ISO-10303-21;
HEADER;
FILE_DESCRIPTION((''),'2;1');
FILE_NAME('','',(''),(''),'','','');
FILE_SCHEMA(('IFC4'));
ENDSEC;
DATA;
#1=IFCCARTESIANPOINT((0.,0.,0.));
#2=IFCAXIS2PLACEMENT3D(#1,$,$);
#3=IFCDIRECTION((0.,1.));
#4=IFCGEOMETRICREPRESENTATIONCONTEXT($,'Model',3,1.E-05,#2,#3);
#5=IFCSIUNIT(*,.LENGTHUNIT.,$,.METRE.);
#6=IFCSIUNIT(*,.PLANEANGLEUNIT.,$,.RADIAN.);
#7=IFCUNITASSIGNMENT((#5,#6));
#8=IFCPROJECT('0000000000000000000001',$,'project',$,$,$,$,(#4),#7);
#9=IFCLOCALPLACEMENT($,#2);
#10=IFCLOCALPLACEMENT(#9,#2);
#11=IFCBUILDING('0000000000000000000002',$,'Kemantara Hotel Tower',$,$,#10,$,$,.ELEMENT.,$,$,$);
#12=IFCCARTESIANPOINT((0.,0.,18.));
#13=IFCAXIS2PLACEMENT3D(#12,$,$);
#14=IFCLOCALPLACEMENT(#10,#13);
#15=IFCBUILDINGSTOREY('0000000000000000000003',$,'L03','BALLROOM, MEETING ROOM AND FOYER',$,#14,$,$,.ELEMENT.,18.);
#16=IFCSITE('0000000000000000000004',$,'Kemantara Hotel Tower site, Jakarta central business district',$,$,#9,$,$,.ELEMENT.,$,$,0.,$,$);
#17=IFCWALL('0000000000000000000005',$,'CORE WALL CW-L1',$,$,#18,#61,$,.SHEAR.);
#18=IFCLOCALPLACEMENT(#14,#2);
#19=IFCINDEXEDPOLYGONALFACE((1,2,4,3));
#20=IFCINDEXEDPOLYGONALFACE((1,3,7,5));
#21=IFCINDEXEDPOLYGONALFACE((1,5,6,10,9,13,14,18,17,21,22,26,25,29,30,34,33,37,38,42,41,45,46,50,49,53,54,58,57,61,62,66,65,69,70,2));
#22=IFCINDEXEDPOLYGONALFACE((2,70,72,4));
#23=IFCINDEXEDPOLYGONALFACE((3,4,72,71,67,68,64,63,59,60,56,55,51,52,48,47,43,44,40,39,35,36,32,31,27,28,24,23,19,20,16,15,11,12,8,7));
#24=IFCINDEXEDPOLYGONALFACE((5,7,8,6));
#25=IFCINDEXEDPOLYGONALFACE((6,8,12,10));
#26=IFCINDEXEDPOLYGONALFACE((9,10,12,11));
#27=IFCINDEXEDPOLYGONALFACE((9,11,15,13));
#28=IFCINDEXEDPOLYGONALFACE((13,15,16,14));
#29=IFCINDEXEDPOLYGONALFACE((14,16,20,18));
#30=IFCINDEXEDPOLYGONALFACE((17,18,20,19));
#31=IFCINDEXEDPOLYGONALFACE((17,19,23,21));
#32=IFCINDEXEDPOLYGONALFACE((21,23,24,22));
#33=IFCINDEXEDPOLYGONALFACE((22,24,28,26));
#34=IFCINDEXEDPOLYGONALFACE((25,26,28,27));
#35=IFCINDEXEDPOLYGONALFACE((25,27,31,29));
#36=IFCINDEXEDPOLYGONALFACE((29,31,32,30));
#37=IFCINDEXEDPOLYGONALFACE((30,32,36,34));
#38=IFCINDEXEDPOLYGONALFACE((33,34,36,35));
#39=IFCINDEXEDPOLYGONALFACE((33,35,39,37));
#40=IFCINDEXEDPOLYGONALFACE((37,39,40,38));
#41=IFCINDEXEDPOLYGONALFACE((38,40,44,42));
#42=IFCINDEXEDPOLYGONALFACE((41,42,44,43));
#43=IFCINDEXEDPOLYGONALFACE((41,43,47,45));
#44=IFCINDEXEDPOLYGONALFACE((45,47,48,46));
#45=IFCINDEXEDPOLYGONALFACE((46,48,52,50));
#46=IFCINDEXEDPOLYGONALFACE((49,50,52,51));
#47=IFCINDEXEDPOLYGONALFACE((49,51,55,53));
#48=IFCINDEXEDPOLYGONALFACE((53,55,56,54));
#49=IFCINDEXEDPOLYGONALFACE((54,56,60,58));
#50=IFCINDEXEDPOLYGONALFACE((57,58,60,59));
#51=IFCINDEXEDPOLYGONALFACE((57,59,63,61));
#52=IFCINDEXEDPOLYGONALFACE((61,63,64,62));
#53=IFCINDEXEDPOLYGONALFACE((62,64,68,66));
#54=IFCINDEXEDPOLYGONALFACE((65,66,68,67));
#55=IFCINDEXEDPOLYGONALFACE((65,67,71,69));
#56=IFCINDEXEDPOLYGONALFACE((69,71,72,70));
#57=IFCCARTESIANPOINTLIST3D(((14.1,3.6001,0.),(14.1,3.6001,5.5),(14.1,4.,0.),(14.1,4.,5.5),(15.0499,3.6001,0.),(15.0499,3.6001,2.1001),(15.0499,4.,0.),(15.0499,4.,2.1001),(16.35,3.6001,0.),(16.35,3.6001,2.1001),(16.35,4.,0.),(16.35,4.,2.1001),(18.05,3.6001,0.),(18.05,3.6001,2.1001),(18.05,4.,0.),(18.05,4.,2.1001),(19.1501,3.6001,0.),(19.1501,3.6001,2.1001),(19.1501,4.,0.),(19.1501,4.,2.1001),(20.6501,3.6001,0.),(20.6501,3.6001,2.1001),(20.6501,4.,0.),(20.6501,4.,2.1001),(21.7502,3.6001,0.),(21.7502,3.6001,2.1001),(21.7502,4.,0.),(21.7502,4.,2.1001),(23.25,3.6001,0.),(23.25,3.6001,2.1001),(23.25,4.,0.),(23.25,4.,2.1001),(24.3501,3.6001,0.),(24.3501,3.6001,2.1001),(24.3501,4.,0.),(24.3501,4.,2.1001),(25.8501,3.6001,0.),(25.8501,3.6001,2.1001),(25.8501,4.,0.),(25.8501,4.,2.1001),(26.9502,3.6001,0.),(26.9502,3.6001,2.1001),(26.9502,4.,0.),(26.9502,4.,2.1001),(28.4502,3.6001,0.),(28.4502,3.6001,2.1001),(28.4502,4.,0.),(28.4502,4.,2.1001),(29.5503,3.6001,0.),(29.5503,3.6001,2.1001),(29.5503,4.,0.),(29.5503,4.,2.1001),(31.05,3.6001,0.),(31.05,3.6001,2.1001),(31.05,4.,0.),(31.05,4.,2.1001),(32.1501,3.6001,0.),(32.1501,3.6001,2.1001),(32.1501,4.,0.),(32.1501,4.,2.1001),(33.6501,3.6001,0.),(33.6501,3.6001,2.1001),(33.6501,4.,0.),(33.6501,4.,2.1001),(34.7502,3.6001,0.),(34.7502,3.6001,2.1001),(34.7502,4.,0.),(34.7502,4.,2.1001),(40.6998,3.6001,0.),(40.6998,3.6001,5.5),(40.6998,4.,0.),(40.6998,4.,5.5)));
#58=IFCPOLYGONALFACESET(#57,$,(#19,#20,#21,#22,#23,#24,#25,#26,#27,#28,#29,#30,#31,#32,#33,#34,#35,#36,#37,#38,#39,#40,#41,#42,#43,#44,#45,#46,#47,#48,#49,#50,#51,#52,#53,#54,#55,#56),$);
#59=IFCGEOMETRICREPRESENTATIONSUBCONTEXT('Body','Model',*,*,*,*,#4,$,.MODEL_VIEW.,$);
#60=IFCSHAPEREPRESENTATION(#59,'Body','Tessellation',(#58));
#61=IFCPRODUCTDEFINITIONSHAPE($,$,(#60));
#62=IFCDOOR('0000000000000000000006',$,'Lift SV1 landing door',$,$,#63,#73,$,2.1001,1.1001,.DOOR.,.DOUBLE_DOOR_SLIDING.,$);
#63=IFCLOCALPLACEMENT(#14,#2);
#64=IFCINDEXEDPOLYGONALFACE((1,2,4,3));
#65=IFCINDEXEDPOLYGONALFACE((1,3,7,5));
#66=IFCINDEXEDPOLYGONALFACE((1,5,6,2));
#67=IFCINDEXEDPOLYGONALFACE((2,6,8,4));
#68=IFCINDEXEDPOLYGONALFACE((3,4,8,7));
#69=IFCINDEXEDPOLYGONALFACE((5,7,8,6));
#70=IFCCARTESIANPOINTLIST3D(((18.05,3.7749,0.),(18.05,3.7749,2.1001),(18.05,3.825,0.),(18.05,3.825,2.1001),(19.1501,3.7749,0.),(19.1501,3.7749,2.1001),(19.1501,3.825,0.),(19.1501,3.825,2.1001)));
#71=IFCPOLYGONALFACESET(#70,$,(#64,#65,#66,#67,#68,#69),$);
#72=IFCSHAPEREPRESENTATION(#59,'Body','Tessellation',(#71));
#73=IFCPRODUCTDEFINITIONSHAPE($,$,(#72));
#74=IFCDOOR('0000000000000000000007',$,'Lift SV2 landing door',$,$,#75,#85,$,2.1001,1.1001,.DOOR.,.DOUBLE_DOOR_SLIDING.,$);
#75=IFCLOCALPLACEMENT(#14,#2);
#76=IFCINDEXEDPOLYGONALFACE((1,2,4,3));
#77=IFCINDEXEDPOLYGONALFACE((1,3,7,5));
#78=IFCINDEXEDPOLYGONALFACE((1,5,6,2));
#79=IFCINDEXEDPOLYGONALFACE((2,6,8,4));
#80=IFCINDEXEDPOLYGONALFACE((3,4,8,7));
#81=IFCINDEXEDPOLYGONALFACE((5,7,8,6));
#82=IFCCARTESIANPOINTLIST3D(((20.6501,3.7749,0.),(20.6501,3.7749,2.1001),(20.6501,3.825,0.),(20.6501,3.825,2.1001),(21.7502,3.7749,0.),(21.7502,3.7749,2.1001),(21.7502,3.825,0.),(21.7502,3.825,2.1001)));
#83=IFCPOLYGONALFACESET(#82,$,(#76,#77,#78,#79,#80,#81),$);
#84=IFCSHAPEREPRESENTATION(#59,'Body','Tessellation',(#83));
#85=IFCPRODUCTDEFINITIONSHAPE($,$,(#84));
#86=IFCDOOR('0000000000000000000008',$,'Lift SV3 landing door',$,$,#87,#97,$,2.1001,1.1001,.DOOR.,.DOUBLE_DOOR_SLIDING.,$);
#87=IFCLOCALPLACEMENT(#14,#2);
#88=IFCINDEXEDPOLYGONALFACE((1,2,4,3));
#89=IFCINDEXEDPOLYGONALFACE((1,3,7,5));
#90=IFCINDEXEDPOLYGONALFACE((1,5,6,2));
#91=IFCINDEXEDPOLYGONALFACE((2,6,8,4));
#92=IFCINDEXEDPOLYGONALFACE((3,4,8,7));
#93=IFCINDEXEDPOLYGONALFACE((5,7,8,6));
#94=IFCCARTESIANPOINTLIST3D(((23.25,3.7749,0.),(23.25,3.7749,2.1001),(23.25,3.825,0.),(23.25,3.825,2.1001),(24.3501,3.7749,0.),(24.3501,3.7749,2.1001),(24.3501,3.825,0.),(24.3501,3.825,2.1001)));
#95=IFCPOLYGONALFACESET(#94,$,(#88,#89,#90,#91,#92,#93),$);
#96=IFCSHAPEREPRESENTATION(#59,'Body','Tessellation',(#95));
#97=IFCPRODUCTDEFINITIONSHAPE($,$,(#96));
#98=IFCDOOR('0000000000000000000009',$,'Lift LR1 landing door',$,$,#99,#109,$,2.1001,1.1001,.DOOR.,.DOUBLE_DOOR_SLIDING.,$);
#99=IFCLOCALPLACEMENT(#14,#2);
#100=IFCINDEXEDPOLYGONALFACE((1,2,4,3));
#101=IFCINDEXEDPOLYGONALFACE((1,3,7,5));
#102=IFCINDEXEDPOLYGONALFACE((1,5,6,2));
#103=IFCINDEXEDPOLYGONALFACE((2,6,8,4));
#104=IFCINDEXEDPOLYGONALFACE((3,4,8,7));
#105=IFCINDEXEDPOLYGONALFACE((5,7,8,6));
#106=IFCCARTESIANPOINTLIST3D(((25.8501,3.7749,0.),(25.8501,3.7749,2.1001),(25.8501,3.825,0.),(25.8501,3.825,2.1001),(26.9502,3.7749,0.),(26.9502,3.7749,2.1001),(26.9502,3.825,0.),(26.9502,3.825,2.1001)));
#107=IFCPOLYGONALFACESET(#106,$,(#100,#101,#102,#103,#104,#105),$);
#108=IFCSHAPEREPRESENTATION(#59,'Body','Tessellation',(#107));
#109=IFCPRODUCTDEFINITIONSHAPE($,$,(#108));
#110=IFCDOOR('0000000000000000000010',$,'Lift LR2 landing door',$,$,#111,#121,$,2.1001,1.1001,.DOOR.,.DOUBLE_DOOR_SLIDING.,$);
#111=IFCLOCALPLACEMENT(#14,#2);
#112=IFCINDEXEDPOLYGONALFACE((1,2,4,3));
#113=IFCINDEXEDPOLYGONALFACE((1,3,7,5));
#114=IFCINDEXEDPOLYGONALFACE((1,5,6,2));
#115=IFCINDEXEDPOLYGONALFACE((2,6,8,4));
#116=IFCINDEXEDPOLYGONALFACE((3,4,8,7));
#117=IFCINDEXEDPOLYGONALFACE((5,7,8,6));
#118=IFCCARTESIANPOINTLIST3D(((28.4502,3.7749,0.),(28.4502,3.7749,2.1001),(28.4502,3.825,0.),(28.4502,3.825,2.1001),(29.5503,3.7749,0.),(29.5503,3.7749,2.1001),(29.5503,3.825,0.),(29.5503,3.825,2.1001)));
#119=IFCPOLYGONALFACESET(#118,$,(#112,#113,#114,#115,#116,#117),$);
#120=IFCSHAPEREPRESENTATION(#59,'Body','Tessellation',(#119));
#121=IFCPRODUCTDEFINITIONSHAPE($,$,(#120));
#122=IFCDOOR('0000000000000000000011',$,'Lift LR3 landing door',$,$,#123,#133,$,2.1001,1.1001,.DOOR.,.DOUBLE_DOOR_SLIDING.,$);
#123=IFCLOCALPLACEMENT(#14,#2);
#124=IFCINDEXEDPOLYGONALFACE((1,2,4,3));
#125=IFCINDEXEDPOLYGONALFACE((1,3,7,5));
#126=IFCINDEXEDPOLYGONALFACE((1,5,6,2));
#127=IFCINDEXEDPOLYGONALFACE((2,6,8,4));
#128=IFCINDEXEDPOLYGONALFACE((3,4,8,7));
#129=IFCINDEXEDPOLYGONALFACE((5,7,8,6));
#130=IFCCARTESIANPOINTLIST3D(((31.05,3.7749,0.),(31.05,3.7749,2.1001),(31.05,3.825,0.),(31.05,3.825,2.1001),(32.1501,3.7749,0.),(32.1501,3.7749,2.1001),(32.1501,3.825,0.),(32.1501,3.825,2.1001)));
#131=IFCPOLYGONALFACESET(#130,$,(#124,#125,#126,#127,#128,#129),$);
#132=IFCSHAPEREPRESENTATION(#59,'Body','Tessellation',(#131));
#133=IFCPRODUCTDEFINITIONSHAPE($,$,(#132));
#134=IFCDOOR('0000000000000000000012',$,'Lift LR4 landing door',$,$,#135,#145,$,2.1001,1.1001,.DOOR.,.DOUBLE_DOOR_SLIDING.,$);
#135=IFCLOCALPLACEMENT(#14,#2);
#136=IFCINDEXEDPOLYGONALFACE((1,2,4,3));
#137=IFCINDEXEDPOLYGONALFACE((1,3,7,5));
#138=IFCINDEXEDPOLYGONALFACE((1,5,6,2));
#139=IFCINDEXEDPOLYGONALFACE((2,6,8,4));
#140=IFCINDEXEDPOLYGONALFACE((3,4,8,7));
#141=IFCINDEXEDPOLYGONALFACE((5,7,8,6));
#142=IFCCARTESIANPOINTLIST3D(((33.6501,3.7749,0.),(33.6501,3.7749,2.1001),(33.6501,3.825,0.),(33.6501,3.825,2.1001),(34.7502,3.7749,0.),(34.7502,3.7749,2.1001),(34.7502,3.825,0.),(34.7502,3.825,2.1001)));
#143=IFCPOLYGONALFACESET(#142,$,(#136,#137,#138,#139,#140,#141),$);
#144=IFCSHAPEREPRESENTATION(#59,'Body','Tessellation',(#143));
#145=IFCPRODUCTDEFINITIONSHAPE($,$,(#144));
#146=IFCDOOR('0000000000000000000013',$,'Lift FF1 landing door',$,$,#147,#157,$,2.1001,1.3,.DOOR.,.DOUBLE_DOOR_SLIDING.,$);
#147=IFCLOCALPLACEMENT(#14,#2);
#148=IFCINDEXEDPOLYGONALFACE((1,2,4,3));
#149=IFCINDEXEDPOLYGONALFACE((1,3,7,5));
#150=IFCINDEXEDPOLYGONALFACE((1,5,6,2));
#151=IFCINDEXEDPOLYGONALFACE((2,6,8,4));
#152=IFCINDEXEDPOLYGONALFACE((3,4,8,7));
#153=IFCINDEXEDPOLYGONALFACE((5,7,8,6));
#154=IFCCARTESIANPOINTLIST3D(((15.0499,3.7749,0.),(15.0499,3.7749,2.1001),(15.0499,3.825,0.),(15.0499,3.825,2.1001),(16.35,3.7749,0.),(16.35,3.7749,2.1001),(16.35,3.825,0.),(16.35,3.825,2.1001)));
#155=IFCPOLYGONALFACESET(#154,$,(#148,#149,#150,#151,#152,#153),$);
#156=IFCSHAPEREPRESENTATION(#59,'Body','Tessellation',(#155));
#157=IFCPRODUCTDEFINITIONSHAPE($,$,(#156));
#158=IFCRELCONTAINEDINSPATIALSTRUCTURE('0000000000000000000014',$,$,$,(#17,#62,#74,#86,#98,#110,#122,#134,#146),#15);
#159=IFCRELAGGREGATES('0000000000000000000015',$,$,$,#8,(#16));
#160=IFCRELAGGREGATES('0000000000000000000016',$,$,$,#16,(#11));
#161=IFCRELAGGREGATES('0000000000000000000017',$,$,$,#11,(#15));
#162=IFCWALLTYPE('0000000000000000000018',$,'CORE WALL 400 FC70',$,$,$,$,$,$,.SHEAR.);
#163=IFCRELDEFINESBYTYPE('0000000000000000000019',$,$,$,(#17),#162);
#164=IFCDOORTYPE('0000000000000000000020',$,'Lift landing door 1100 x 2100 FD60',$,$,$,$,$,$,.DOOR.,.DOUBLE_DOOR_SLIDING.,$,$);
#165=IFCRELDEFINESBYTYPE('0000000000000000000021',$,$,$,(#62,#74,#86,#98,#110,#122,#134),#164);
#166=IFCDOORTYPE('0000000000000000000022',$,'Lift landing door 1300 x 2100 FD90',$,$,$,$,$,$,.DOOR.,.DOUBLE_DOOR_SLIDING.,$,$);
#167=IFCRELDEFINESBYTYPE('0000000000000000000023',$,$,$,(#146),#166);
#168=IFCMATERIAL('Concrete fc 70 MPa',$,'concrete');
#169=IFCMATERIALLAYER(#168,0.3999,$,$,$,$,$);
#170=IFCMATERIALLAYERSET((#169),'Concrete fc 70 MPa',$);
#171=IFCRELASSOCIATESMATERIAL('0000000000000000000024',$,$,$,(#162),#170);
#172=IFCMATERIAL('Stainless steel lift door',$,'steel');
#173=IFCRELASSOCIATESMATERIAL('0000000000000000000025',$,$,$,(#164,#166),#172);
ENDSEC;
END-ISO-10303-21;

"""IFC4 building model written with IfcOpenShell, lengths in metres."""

from ifc_helpers import new_model, si_unit, direction, frame, frame_2d, origin, place, context, subcontext, project, spatial, rectangle, extrude, material, layer, layer_set, type_object, element, fill, save


model = new_model("IFC4")

# Units and contexts
model_context = context("Model", 3, precision=1e-05, world=origin(), true_north=direction((0.0, 1.0)))
body_context = subcontext(model_context, "Body", "Model", "MODEL_VIEW")
ifc_project = project(units=[si_unit("LENGTHUNIT", "METRE"), si_unit("PLANEANGLEUNIT", "RADIAN")], contexts=[model_context])

# Site, building, storey
site_placement = place(None, origin())
site = spatial("IfcSite", under=ifc_project, at=site_placement, Name="Kemantara Hotel Tower site, Jakarta central business district", CompositionType="ELEMENT", RefElevation=0.0)
building_placement = place(site_placement, origin())
building = spatial("IfcBuilding", under=site, at=building_placement, Name="Kemantara Hotel Tower", CompositionType="ELEMENT")
storey_placement = place(building_placement, frame((0.0, 0.0, 18.0)))
storey = spatial("IfcBuildingStorey", under=building, at=storey_placement, Name="L03", Description="BALLROOM, MEETING ROOM AND FOYER", CompositionType="ELEMENT", Elevation=18.0)

# Shared definitions
ifc_material_1 = material(Name="Concrete fc 70 MPa", Category="concrete")

# Wall, openings, doors
ifc_layer = layer(ifc_material_1, 0.3999)
ifc_layer_set = layer_set([ifc_layer], Name="Concrete fc 70 MPa")
wall_type = type_object("IfcWallType", Name="CORE WALL 400 FC70", PredefinedType="SHEAR", material=ifc_layer_set)
wall_placement = place(storey_placement, frame((14.1001, 3.8, 0.0), z_axis=(0.0, 0.0, 1.0), x_axis=(1.0, 0.0, 0.0)))
wall = element("IfcWall", 1, at=wall_placement, inside=storey, type_object=wall_type, Name="CORE WALL CW-L1", PredefinedType="SHEAR", context=body_context, shape_type="SweptSolid", body=[
    extrude(rectangle(XDim=26.5999, YDim=0.3999, at=frame_2d((13.2998, 0.0))), origin(), (0.0, 0.0, 1.0), 5.5),
])
opening_1_placement = place(wall_placement, frame((0.95, 0.0, 0.0)))
opening_1 = element("IfcOpeningElement", 2, at=opening_1_placement, cuts=wall, PredefinedType="OPENING", context=body_context, shape_type="SweptSolid", body=[
    extrude(rectangle(XDim=1.3, YDim=2.1001, at=frame_2d((0.6499, 1.05))), frame((0.0, 0.21, 0.0), z_axis=(0.0, -1.0, 0.0), x_axis=(1.0, 0.0, 0.0)), (0.0, 0.0, 1.0), 0.4199),
])
opening_2_placement = place(wall_placement, frame((3.95, 0.0, 0.0)))
opening_2 = element("IfcOpeningElement", 3, at=opening_2_placement, cuts=wall, PredefinedType="OPENING", context=body_context, shape_type="SweptSolid", body=[
    extrude(rectangle(XDim=1.1001, YDim=2.1001, at=frame_2d((0.55, 1.05))), frame((0.0, 0.21, 0.0), z_axis=(0.0, -1.0, 0.0), x_axis=(1.0, 0.0, 0.0)), (0.0, 0.0, 1.0), 0.4199),
])
opening_3_placement = place(wall_placement, frame((6.55, 0.0, 0.0)))
opening_3 = element("IfcOpeningElement", 4, at=opening_3_placement, cuts=wall, PredefinedType="OPENING", context=body_context, shape_type="SweptSolid", body=[
    extrude(rectangle(XDim=1.1001, YDim=2.1001, at=frame_2d((0.55, 1.05))), frame((0.0, 0.21, 0.0), z_axis=(0.0, -1.0, 0.0), x_axis=(1.0, 0.0, 0.0)), (0.0, 0.0, 1.0), 0.4199),
])
opening_4_placement = place(wall_placement, frame((9.1499, 0.0, 0.0)))
opening_4 = element("IfcOpeningElement", 5, at=opening_4_placement, cuts=wall, PredefinedType="OPENING", context=body_context, shape_type="SweptSolid", body=[
    extrude(rectangle(XDim=1.1001, YDim=2.1001, at=frame_2d((0.55, 1.05))), frame((0.0, 0.21, 0.0), z_axis=(0.0, -1.0, 0.0), x_axis=(1.0, 0.0, 0.0)), (0.0, 0.0, 1.0), 0.4199),
])
opening_5_placement = place(wall_placement, frame((11.75, 0.0, 0.0)))
opening_5 = element("IfcOpeningElement", 6, at=opening_5_placement, cuts=wall, PredefinedType="OPENING", context=body_context, shape_type="SweptSolid", body=[
    extrude(rectangle(XDim=1.1001, YDim=2.1001, at=frame_2d((0.55, 1.05))), frame((0.0, 0.21, 0.0), z_axis=(0.0, -1.0, 0.0), x_axis=(1.0, 0.0, 0.0)), (0.0, 0.0, 1.0), 0.4199),
])
opening_6_placement = place(wall_placement, frame((14.3501, 0.0, 0.0)))
opening_6 = element("IfcOpeningElement", 7, at=opening_6_placement, cuts=wall, PredefinedType="OPENING", context=body_context, shape_type="SweptSolid", body=[
    extrude(rectangle(XDim=1.1001, YDim=2.1001, at=frame_2d((0.55, 1.05))), frame((0.0, 0.21, 0.0), z_axis=(0.0, -1.0, 0.0), x_axis=(1.0, 0.0, 0.0)), (0.0, 0.0, 1.0), 0.4199),
])
opening_7_placement = place(wall_placement, frame((16.95, 0.0, 0.0)))
opening_7 = element("IfcOpeningElement", 8, at=opening_7_placement, cuts=wall, PredefinedType="OPENING", context=body_context, shape_type="SweptSolid", body=[
    extrude(rectangle(XDim=1.1001, YDim=2.1001, at=frame_2d((0.55, 1.05))), frame((0.0, 0.21, 0.0), z_axis=(0.0, -1.0, 0.0), x_axis=(1.0, 0.0, 0.0)), (0.0, 0.0, 1.0), 0.4199),
])
opening_8_placement = place(wall_placement, frame((19.55, 0.0, 0.0)))
opening_8 = element("IfcOpeningElement", 9, at=opening_8_placement, cuts=wall, PredefinedType="OPENING", context=body_context, shape_type="SweptSolid", body=[
    extrude(rectangle(XDim=1.1001, YDim=2.1001, at=frame_2d((0.55, 1.05))), frame((0.0, 0.21, 0.0), z_axis=(0.0, -1.0, 0.0), x_axis=(1.0, 0.0, 0.0)), (0.0, 0.0, 1.0), 0.4199),
])
ifc_material_2 = material(Name="Stainless steel lift door", Category="steel")
door_type_1 = type_object("IfcDoorType", Name="Lift landing door 1100 x 2100 FD60", OperationType="DOUBLE_DOOR_SLIDING", PredefinedType="DOOR", material=ifc_material_2)
door_1_placement = place(opening_2_placement, origin())
door_1 = element("IfcDoor", 10, at=door_1_placement, inside=storey, type_object=door_type_1, Name="Lift SV1 landing door", OperationType="DOUBLE_DOOR_SLIDING", OverallHeight=2.1001, OverallWidth=1.1001, PredefinedType="DOOR", context=body_context, shape_type="SweptSolid", body=[
    extrude(rectangle(XDim=1.1001, YDim=2.1001, at=frame_2d((0.55, 1.05))), frame((0.0, 0.0249, 0.0), z_axis=(0.0, -1.0, 0.0), x_axis=(1.0, 0.0, 0.0)), (0.0, 0.0, 1.0), 0.05),
])
fill(opening_2, door_1)
door_2_placement = place(opening_3_placement, origin())
door_2 = element("IfcDoor", 11, at=door_2_placement, inside=storey, type_object=door_type_1, Name="Lift SV2 landing door", OperationType="DOUBLE_DOOR_SLIDING", OverallHeight=2.1001, OverallWidth=1.1001, PredefinedType="DOOR", context=body_context, shape_type="SweptSolid", body=[
    extrude(rectangle(XDim=1.1001, YDim=2.1001, at=frame_2d((0.55, 1.05))), frame((0.0, 0.0249, 0.0), z_axis=(0.0, -1.0, 0.0), x_axis=(1.0, 0.0, 0.0)), (0.0, 0.0, 1.0), 0.05),
])
fill(opening_3, door_2)
door_3_placement = place(opening_4_placement, origin())
door_3 = element("IfcDoor", 12, at=door_3_placement, inside=storey, type_object=door_type_1, Name="Lift SV3 landing door", OperationType="DOUBLE_DOOR_SLIDING", OverallHeight=2.1001, OverallWidth=1.1001, PredefinedType="DOOR", context=body_context, shape_type="SweptSolid", body=[
    extrude(rectangle(XDim=1.1001, YDim=2.1001, at=frame_2d((0.55, 1.05))), frame((0.0, 0.0249, 0.0), z_axis=(0.0, -1.0, 0.0), x_axis=(1.0, 0.0, 0.0)), (0.0, 0.0, 1.0), 0.05),
])
fill(opening_4, door_3)
door_4_placement = place(opening_5_placement, origin())
door_4 = element("IfcDoor", 13, at=door_4_placement, inside=storey, type_object=door_type_1, Name="Lift LR1 landing door", OperationType="DOUBLE_DOOR_SLIDING", OverallHeight=2.1001, OverallWidth=1.1001, PredefinedType="DOOR", context=body_context, shape_type="SweptSolid", body=[
    extrude(rectangle(XDim=1.1001, YDim=2.1001, at=frame_2d((0.55, 1.05))), frame((0.0, 0.0249, 0.0), z_axis=(0.0, -1.0, 0.0), x_axis=(1.0, 0.0, 0.0)), (0.0, 0.0, 1.0), 0.05),
])
fill(opening_5, door_4)
door_5_placement = place(opening_6_placement, origin())
door_5 = element("IfcDoor", 14, at=door_5_placement, inside=storey, type_object=door_type_1, Name="Lift LR2 landing door", OperationType="DOUBLE_DOOR_SLIDING", OverallHeight=2.1001, OverallWidth=1.1001, PredefinedType="DOOR", context=body_context, shape_type="SweptSolid", body=[
    extrude(rectangle(XDim=1.1001, YDim=2.1001, at=frame_2d((0.55, 1.05))), frame((0.0, 0.0249, 0.0), z_axis=(0.0, -1.0, 0.0), x_axis=(1.0, 0.0, 0.0)), (0.0, 0.0, 1.0), 0.05),
])
fill(opening_6, door_5)
door_6_placement = place(opening_7_placement, origin())
door_6 = element("IfcDoor", 15, at=door_6_placement, inside=storey, type_object=door_type_1, Name="Lift LR3 landing door", OperationType="DOUBLE_DOOR_SLIDING", OverallHeight=2.1001, OverallWidth=1.1001, PredefinedType="DOOR", context=body_context, shape_type="SweptSolid", body=[
    extrude(rectangle(XDim=1.1001, YDim=2.1001, at=frame_2d((0.55, 1.05))), frame((0.0, 0.0249, 0.0), z_axis=(0.0, -1.0, 0.0), x_axis=(1.0, 0.0, 0.0)), (0.0, 0.0, 1.0), 0.05),
])
fill(opening_7, door_6)
door_7_placement = place(opening_8_placement, origin())
door_7 = element("IfcDoor", 16, at=door_7_placement, inside=storey, type_object=door_type_1, Name="Lift LR4 landing door", OperationType="DOUBLE_DOOR_SLIDING", OverallHeight=2.1001, OverallWidth=1.1001, PredefinedType="DOOR", context=body_context, shape_type="SweptSolid", body=[
    extrude(rectangle(XDim=1.1001, YDim=2.1001, at=frame_2d((0.55, 1.05))), frame((0.0, 0.0249, 0.0), z_axis=(0.0, -1.0, 0.0), x_axis=(1.0, 0.0, 0.0)), (0.0, 0.0, 1.0), 0.05),
])
fill(opening_8, door_7)
door_type_2 = type_object("IfcDoorType", Name="Lift landing door 1300 x 2100 FD90", OperationType="DOUBLE_DOOR_SLIDING", PredefinedType="DOOR", material=ifc_material_2)
door_8_placement = place(opening_1_placement, origin())
door_8 = element("IfcDoor", 17, at=door_8_placement, inside=storey, type_object=door_type_2, Name="Lift FF1 landing door", OperationType="DOUBLE_DOOR_SLIDING", OverallHeight=2.1001, OverallWidth=1.3, PredefinedType="DOOR", context=body_context, shape_type="SweptSolid", body=[
    extrude(rectangle(XDim=1.3, YDim=2.1001, at=frame_2d((0.6499, 1.05))), frame((0.0, 0.0249, 0.0), z_axis=(0.0, -1.0, 0.0), x_axis=(1.0, 0.0, 0.0)), (0.0, 0.0, 1.0), 0.05),
])
fill(opening_1, door_8)

save(model, "model.ifc")
